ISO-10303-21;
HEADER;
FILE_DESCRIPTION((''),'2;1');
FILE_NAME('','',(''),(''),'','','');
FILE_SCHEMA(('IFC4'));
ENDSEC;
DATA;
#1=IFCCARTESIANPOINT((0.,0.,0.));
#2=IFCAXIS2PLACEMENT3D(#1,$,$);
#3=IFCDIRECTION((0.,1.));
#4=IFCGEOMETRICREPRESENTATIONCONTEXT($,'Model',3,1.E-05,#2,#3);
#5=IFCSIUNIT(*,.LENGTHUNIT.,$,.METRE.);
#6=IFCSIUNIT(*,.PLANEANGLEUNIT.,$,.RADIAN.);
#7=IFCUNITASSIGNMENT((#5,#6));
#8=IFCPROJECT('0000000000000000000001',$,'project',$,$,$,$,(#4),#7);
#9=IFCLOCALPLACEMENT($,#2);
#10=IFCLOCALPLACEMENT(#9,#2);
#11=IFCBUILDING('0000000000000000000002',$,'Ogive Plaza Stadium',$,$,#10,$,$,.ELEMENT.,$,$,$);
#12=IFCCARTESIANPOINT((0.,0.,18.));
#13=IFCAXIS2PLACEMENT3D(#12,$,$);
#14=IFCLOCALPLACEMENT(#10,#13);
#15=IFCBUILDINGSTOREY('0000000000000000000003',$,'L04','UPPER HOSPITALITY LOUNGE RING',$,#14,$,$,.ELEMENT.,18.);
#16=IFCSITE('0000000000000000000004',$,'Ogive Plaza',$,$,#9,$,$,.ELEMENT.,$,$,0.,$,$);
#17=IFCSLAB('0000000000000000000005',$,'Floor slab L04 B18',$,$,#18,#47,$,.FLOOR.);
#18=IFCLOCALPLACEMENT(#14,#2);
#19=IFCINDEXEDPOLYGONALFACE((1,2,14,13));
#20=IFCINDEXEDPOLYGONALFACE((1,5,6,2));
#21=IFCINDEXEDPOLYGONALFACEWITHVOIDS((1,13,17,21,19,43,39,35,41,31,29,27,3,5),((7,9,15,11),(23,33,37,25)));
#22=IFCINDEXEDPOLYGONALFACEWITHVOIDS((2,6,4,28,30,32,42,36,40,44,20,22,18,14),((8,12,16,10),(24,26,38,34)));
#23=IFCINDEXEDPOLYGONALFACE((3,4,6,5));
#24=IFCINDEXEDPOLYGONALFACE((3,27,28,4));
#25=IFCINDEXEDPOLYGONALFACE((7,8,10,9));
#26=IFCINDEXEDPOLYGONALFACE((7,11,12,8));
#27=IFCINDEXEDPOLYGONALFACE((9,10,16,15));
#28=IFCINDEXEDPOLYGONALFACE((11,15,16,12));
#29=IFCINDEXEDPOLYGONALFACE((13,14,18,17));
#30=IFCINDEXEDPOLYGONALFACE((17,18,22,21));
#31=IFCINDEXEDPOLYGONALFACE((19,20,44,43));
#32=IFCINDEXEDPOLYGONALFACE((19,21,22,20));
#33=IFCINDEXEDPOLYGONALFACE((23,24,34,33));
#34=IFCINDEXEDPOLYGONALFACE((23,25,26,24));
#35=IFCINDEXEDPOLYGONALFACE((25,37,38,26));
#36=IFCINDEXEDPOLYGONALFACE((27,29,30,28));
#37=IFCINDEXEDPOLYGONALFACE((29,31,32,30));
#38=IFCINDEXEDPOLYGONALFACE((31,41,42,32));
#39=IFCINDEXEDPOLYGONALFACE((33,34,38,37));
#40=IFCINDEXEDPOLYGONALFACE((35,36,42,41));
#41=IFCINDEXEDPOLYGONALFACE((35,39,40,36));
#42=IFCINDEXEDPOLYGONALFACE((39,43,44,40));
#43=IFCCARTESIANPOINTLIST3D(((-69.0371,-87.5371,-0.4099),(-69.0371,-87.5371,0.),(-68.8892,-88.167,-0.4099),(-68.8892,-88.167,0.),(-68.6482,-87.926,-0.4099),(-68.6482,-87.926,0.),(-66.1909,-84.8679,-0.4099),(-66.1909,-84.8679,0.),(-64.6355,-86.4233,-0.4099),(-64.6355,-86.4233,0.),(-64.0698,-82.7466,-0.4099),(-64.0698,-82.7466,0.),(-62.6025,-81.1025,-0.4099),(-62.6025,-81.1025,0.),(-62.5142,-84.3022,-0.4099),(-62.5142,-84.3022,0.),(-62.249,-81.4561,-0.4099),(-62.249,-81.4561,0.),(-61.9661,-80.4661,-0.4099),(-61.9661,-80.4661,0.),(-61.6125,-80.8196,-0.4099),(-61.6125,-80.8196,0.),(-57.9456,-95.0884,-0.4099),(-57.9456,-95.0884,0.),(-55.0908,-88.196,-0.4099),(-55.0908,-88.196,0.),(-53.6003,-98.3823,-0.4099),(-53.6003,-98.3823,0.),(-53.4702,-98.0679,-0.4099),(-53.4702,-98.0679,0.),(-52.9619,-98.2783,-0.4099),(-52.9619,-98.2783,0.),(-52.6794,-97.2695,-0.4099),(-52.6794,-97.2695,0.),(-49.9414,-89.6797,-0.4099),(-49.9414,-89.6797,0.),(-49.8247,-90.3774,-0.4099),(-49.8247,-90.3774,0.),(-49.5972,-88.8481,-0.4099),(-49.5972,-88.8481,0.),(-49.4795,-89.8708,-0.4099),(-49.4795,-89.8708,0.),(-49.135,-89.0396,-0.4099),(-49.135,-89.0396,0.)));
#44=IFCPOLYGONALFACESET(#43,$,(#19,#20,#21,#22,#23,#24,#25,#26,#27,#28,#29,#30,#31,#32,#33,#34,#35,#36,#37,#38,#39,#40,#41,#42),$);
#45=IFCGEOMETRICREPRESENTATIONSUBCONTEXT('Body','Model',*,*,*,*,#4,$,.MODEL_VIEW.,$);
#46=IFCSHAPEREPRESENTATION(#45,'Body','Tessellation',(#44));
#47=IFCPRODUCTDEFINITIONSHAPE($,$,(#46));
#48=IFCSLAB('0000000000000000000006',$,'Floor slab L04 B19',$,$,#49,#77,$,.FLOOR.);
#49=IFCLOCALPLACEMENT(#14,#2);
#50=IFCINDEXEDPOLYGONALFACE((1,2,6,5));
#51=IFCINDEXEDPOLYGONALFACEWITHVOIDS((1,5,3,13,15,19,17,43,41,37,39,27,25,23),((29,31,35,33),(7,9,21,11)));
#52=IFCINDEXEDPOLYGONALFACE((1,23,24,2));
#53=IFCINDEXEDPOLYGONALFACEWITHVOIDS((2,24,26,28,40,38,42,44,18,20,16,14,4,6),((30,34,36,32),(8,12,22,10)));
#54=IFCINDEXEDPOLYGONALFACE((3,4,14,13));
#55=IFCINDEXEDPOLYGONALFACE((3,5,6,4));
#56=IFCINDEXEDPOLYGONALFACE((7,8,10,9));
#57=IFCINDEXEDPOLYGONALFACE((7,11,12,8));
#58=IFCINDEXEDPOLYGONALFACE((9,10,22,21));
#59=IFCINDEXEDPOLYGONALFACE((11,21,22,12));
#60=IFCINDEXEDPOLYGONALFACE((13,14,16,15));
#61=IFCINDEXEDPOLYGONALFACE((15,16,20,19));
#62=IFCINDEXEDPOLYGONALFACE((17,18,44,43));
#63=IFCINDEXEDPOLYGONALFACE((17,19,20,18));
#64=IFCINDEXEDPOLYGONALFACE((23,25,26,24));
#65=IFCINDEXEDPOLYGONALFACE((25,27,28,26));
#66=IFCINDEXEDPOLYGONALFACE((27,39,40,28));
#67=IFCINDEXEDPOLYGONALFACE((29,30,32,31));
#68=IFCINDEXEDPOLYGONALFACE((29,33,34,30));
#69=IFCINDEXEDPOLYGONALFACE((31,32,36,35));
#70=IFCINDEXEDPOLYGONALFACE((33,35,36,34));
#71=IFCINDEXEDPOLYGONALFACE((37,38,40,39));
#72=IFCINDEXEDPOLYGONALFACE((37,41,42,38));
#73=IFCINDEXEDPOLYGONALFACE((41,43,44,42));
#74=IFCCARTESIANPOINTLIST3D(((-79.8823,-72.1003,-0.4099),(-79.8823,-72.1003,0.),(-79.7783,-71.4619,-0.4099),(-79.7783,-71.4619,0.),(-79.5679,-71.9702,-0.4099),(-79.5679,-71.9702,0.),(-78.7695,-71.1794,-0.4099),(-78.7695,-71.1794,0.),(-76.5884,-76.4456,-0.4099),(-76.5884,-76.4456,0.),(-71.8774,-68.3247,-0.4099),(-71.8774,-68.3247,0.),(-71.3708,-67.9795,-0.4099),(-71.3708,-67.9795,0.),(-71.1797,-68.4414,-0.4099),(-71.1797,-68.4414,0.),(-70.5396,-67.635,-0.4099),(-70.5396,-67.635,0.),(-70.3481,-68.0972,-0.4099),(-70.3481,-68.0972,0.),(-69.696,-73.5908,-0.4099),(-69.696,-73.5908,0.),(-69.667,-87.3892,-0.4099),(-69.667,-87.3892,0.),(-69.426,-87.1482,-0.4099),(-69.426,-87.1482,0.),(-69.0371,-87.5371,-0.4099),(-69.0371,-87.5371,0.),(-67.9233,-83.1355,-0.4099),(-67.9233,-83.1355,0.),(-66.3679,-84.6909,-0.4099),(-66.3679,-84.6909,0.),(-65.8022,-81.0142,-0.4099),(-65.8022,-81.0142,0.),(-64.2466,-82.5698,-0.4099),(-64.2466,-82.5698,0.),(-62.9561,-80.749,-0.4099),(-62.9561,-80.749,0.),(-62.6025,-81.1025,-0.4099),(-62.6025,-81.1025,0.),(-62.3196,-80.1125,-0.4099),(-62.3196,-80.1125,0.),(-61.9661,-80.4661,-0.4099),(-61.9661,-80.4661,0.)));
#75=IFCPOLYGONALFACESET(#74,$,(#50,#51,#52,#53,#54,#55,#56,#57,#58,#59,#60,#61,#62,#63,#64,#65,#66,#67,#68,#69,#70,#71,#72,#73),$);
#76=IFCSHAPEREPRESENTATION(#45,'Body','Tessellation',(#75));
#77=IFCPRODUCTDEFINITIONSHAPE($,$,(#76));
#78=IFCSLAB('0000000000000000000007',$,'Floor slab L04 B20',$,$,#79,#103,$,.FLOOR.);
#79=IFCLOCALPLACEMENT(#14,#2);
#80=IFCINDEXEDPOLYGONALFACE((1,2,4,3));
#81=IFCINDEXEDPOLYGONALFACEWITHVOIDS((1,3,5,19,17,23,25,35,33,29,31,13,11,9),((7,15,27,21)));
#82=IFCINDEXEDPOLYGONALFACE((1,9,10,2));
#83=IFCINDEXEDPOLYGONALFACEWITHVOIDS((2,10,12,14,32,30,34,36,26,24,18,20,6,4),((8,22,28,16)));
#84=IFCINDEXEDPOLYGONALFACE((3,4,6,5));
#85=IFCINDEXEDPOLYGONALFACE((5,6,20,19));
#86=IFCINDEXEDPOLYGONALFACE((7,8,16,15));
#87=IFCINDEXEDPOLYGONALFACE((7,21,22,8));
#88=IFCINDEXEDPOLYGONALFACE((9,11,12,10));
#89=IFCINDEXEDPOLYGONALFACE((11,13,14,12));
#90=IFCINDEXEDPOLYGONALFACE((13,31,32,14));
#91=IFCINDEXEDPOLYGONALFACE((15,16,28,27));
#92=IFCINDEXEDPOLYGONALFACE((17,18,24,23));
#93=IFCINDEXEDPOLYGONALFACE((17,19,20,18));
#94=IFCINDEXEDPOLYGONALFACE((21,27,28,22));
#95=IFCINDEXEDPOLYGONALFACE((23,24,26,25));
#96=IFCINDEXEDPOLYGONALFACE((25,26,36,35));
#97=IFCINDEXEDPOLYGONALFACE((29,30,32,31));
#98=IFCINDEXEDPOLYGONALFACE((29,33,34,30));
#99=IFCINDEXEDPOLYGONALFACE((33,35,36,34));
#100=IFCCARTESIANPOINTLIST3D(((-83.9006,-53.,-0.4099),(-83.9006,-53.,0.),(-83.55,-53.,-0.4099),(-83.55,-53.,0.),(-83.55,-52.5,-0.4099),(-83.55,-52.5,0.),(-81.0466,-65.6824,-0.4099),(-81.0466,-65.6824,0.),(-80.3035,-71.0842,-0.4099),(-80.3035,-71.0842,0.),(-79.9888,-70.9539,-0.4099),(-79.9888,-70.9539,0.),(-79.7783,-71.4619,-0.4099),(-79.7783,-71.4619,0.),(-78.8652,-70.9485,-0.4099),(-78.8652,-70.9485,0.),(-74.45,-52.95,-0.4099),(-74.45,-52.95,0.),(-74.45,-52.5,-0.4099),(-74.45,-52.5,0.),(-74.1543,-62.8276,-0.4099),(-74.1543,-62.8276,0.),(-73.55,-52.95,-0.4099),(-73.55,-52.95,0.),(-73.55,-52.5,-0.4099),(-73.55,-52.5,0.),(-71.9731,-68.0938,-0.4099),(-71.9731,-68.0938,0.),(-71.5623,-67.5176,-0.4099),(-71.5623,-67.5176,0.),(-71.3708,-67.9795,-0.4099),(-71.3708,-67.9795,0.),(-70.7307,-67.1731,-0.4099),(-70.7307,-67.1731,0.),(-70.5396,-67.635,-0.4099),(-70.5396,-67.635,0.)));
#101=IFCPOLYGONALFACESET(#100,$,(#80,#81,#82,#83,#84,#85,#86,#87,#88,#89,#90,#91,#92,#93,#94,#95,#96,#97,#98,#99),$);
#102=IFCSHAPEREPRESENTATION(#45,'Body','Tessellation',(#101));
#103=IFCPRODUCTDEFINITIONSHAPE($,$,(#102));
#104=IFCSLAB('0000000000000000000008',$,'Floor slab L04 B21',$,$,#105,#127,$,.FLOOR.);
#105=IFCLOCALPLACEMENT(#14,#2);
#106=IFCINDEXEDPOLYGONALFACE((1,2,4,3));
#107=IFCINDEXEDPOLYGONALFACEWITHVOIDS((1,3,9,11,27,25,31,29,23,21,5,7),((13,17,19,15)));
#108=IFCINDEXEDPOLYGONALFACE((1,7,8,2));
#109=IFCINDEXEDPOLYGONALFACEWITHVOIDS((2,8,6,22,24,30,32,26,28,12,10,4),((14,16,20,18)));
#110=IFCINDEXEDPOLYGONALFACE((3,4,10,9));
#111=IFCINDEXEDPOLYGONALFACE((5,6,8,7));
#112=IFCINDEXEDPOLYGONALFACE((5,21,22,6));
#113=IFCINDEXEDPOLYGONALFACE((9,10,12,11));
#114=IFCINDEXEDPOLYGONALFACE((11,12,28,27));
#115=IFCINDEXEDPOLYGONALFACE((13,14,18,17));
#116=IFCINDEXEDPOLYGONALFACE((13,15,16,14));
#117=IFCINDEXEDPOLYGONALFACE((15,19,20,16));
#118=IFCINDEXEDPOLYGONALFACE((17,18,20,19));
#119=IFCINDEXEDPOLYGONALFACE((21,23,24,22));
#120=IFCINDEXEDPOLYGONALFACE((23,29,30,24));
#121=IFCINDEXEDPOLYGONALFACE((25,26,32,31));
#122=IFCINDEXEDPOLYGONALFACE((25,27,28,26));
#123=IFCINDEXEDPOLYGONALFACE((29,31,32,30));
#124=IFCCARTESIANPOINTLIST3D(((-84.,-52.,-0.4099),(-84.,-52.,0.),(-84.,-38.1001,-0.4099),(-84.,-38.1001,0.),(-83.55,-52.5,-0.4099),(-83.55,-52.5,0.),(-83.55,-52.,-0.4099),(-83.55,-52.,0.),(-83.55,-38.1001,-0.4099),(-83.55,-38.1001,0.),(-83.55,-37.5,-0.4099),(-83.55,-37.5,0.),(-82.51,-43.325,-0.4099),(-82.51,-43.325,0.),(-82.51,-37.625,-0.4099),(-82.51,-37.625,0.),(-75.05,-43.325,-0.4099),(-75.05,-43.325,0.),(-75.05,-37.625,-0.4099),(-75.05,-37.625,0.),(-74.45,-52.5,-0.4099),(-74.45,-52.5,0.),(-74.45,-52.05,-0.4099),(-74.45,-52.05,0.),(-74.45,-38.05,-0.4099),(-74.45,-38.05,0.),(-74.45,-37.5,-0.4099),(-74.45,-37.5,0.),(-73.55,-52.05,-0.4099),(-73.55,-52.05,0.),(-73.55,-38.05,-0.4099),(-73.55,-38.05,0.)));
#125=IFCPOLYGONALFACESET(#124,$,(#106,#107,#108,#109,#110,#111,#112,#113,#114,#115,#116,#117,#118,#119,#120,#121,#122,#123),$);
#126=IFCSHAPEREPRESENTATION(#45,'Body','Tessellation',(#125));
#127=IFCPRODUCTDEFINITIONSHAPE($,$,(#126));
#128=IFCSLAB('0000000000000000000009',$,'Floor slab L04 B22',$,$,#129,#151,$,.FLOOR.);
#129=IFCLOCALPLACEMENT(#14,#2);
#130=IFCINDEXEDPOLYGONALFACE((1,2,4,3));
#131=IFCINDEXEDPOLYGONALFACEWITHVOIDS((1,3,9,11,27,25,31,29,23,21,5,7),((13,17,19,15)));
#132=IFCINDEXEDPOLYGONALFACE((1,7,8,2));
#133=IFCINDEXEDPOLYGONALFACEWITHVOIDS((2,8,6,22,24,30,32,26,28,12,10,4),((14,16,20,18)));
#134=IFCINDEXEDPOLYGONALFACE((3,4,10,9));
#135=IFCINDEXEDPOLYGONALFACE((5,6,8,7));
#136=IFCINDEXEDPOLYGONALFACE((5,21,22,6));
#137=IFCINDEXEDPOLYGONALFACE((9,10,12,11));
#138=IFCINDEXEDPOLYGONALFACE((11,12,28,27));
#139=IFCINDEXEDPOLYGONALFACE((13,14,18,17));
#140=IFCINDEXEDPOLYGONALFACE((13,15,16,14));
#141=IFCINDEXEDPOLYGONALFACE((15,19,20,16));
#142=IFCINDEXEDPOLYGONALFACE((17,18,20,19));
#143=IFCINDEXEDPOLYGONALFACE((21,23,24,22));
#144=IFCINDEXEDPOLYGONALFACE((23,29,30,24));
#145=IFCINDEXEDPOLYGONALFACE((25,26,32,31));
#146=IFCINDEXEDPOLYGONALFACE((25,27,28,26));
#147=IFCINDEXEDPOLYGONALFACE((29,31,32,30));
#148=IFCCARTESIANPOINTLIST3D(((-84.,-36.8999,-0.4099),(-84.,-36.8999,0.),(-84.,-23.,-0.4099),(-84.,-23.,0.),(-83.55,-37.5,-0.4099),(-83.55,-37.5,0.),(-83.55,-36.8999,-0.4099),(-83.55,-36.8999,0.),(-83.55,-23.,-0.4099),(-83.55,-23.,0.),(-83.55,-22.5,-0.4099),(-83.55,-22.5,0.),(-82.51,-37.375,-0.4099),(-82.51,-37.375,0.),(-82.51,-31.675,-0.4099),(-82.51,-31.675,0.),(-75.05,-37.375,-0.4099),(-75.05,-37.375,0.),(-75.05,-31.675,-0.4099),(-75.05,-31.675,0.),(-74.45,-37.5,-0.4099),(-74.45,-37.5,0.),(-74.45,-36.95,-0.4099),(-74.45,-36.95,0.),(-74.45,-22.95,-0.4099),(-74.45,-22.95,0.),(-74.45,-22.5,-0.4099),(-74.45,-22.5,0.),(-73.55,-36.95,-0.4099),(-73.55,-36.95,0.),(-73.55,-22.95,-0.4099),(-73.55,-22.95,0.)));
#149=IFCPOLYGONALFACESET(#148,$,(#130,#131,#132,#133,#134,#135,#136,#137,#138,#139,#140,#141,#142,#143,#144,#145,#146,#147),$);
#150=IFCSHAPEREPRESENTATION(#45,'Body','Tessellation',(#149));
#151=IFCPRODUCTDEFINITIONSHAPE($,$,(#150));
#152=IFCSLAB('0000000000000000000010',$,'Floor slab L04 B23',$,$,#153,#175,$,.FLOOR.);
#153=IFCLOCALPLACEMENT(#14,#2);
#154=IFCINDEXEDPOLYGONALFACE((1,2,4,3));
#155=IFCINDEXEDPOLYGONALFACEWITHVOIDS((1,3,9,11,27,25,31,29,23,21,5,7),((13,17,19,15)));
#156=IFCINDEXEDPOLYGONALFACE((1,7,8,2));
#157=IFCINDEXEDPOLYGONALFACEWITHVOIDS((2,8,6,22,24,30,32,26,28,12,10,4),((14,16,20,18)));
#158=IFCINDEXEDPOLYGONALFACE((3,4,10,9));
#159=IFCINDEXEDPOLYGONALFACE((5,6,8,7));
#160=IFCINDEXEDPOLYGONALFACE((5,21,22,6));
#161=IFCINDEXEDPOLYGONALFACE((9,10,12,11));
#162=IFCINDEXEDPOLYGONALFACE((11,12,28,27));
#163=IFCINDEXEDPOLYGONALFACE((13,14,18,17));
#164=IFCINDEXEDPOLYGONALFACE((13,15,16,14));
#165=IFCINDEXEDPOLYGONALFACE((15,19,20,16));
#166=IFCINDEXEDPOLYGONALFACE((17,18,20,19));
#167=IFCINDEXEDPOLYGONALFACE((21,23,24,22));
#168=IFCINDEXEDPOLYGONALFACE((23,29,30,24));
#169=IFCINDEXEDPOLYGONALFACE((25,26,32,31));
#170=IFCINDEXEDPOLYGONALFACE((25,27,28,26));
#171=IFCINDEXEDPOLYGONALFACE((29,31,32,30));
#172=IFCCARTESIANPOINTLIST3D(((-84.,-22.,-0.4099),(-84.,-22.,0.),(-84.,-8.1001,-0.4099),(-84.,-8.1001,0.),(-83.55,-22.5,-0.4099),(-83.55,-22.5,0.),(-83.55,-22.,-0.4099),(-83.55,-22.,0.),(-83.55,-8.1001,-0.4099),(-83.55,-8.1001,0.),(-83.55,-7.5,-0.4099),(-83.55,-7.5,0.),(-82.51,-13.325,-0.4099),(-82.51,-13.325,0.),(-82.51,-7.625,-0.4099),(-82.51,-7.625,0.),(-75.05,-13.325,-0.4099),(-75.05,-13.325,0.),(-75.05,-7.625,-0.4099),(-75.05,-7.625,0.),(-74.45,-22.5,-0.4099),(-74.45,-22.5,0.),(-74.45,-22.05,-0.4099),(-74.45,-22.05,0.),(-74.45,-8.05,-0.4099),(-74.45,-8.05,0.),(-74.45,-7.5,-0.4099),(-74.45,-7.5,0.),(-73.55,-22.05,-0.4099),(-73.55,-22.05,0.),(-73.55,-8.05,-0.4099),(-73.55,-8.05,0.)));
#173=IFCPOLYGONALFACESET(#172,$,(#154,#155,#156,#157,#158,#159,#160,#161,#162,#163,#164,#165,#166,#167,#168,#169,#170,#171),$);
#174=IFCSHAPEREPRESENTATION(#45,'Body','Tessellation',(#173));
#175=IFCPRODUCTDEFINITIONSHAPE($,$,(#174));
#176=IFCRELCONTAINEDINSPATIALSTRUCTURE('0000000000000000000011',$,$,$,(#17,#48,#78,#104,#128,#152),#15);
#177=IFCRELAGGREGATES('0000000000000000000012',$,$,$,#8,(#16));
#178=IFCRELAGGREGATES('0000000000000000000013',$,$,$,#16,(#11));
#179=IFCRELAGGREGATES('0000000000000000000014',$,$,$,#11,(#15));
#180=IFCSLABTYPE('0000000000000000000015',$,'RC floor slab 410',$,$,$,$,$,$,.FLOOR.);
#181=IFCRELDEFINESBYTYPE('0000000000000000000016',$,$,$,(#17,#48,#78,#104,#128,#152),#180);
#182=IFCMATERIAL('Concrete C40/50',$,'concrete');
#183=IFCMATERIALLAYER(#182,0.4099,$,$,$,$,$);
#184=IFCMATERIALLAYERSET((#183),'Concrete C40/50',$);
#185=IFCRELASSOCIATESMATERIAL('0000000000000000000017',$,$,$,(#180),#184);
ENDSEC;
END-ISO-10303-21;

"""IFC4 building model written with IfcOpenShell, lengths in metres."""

from ifc_helpers import new_model, si_unit, direction, frame, origin, place, context, subcontext, project, spatial, polyline, outline, extrude, material, layer, layer_set, type_object, element, save


model = new_model("IFC4")

# Units and contexts
model_context = context("Model", 3, precision=1e-05, world=origin(), true_north=direction((0.0, 1.0)))
body_context = subcontext(model_context, "Body", "Model", "MODEL_VIEW")
ifc_project = project(units=[si_unit("LENGTHUNIT", "METRE"), si_unit("PLANEANGLEUNIT", "RADIAN")], contexts=[model_context])

# Site, building, storey
site_placement = place(None, origin())
site = spatial("IfcSite", under=ifc_project, at=site_placement, Name="Ogive Plaza", CompositionType="ELEMENT", RefElevation=0.0)
building_placement = place(site_placement, origin())
building = spatial("IfcBuilding", under=site, at=building_placement, Name="Ogive Plaza Stadium", CompositionType="ELEMENT")
storey_placement = place(building_placement, frame((0.0, 0.0, 18.0)))
storey = spatial("IfcBuildingStorey", under=building, at=storey_placement, Name="L04", Description="UPPER HOSPITALITY LOUNGE RING", CompositionType="ELEMENT", Elevation=18.0)

# Slabs
ifc_material = material(Name="Concrete C40/50", Category="concrete")
ifc_layer = layer(ifc_material, 0.4099)
ifc_layer_set = layer_set([ifc_layer], Name="Concrete C40/50")
slab_type = type_object("IfcSlabType", Name="RC floor slab 410", PredefinedType="FLOOR", material=ifc_layer_set)
slab_1_placement = place(storey_placement, frame((0.0, 0.0, -0.4099)))
element("IfcSlab", 1, at=slab_1_placement, inside=storey, type_object=slab_type, Name="Floor slab L04 B18", PredefinedType="FLOOR", context=body_context, shape_type="SweptSolid", body=[
    extrude(outline(polyline([(-69.0371, -87.5371), (-68.6482, -87.926), (-68.8892, -88.167), (-53.6003, -98.3823), (-53.4702, -98.0679), (-52.9619, -98.2783), (-49.4795, -89.8708), (-49.9414, -89.6797), (-49.5972, -88.8481), (-49.135, -89.0396), (-61.9661, -80.4661), (-61.6125, -80.8196), (-62.249, -81.4561), (-62.6025, -81.1025), (-69.0371, -87.5371)]), holes=[polyline([(-49.8247, -90.3774), (-55.0908, -88.196), (-57.9456, -95.0884), (-52.6794, -97.2695), (-49.8247, -90.3774)]), polyline([(-62.5142, -84.3022), (-64.0698, -82.7466), (-66.1909, -84.8679), (-64.6355, -86.4233), (-62.5142, -84.3022)])]), origin(), (0.0, 0.0, 1.0), 0.4099),
])
slab_2_placement = place(storey_placement, frame((0.0, 0.0, -0.4099)))
element("IfcSlab", 2, at=slab_2_placement, inside=storey, type_object=slab_type, Name="Floor slab L04 B19", PredefinedType="FLOOR", context=body_context, shape_type="SweptSolid", body=[
    extrude(outline(polyline([(-79.7783, -71.4619), (-79.5679, -71.9702), (-79.8823, -72.1003), (-69.667, -87.3892), (-69.426, -87.1482), (-69.0371, -87.5371), (-62.6025, -81.1025), (-62.9561, -80.749), (-62.3196, -80.1125), (-61.9661, -80.4661), (-61.9661, -80.4661), (-70.5396, -67.635), (-70.3481, -68.0972), (-71.1797, -68.4414), (-71.3708, -67.9795), (-79.7783, -71.4619)]), holes=[polyline([(-64.2466, -82.5698), (-65.8022, -81.0142), (-67.9233, -83.1355), (-66.3679, -84.6909), (-64.2466, -82.5698)]), polyline([(-69.696, -73.5908), (-71.8774, -68.3247), (-78.7695, -71.1794), (-76.5884, -76.4456), (-69.696, -73.5908)])]), origin(), (0.0, 0.0, 1.0), 0.4099),
])
slab_3_placement = place(storey_placement, frame((0.0, 0.0, -0.4099)))
element("IfcSlab", 3, at=slab_3_placement, inside=storey, type_object=slab_type, Name="Floor slab L04 B20", PredefinedType="FLOOR", context=body_context, shape_type="SweptSolid", body=[
    extrude(outline(polyline([(-83.55, -52.5), (-83.55, -53.0), (-83.9006, -53.0), (-80.3035, -71.0842), (-79.9888, -70.9539), (-79.7783, -71.4619), (-71.3708, -67.9795), (-71.5623, -67.5176), (-70.7307, -67.1731), (-70.5396, -67.635), (-73.55, -52.5), (-73.55, -52.95), (-74.45, -52.95), (-74.45, -52.5), (-83.55, -52.5)]), holes=[polyline([(-71.9731, -68.0938), (-74.1543, -62.8276), (-81.0466, -65.6824), (-78.8652, -70.9485), (-71.9731, -68.0938)])]), origin(), (0.0, 0.0, 1.0), 0.4099),
])
slab_4_placement = place(storey_placement, frame((0.0, 0.0, -0.4099)))
element("IfcSlab", 4, at=slab_4_placement, inside=storey, type_object=slab_type, Name="Floor slab L04 B21", PredefinedType="FLOOR", context=body_context, shape_type="SweptSolid", body=[
    extrude(outline(polyline([(-83.55, -37.5), (-83.55, -38.1001), (-84.0, -38.1001), (-84.0, -52.0), (-83.55, -52.0), (-83.55, -52.5), (-74.45, -52.5), (-74.45, -52.05), (-73.55, -52.05), (-73.55, -38.05), (-74.45, -38.05), (-74.45, -37.5), (-83.55, -37.5)]), holes=[polyline([(-75.05, -43.325), (-75.05, -37.625), (-82.51, -37.625), (-82.51, -43.325), (-75.05, -43.325)])]), origin(), (0.0, 0.0, 1.0), 0.4099),
])
slab_5_placement = place(storey_placement, frame((0.0, 0.0, -0.4099)))
element("IfcSlab", 5, at=slab_5_placement, inside=storey, type_object=slab_type, Name="Floor slab L04 B22", PredefinedType="FLOOR", context=body_context, shape_type="SweptSolid", body=[
    extrude(outline(polyline([(-83.55, -22.5), (-83.55, -23.0), (-84.0, -23.0), (-84.0, -36.8999), (-83.55, -36.8999), (-83.55, -37.5), (-74.45, -37.5), (-74.45, -36.95), (-73.55, -36.95), (-73.55, -22.95), (-74.45, -22.95), (-74.45, -22.5), (-83.55, -22.5)]), holes=[polyline([(-75.05, -31.675), (-82.51, -31.675), (-82.51, -37.375), (-75.05, -37.375), (-75.05, -31.675)])]), origin(), (0.0, 0.0, 1.0), 0.4099),
])
slab_6_placement = place(storey_placement, frame((0.0, 0.0, -0.4099)))
element("IfcSlab", 6, at=slab_6_placement, inside=storey, type_object=slab_type, Name="Floor slab L04 B23", PredefinedType="FLOOR", context=body_context, shape_type="SweptSolid", body=[
    extrude(outline(polyline([(-83.55, -7.5), (-83.55, -8.1001), (-84.0, -8.1001), (-84.0, -22.0), (-83.55, -22.0), (-83.55, -22.5), (-74.45, -22.5), (-74.45, -22.05), (-73.55, -22.05), (-73.55, -8.05), (-74.45, -8.05), (-74.45, -7.5), (-83.55, -7.5)]), holes=[polyline([(-75.05, -13.325), (-75.05, -7.625), (-82.51, -7.625), (-82.51, -13.325), (-75.05, -13.325)])]), origin(), (0.0, 0.0, 1.0), 0.4099),
])

save(model, "model.ifc")
